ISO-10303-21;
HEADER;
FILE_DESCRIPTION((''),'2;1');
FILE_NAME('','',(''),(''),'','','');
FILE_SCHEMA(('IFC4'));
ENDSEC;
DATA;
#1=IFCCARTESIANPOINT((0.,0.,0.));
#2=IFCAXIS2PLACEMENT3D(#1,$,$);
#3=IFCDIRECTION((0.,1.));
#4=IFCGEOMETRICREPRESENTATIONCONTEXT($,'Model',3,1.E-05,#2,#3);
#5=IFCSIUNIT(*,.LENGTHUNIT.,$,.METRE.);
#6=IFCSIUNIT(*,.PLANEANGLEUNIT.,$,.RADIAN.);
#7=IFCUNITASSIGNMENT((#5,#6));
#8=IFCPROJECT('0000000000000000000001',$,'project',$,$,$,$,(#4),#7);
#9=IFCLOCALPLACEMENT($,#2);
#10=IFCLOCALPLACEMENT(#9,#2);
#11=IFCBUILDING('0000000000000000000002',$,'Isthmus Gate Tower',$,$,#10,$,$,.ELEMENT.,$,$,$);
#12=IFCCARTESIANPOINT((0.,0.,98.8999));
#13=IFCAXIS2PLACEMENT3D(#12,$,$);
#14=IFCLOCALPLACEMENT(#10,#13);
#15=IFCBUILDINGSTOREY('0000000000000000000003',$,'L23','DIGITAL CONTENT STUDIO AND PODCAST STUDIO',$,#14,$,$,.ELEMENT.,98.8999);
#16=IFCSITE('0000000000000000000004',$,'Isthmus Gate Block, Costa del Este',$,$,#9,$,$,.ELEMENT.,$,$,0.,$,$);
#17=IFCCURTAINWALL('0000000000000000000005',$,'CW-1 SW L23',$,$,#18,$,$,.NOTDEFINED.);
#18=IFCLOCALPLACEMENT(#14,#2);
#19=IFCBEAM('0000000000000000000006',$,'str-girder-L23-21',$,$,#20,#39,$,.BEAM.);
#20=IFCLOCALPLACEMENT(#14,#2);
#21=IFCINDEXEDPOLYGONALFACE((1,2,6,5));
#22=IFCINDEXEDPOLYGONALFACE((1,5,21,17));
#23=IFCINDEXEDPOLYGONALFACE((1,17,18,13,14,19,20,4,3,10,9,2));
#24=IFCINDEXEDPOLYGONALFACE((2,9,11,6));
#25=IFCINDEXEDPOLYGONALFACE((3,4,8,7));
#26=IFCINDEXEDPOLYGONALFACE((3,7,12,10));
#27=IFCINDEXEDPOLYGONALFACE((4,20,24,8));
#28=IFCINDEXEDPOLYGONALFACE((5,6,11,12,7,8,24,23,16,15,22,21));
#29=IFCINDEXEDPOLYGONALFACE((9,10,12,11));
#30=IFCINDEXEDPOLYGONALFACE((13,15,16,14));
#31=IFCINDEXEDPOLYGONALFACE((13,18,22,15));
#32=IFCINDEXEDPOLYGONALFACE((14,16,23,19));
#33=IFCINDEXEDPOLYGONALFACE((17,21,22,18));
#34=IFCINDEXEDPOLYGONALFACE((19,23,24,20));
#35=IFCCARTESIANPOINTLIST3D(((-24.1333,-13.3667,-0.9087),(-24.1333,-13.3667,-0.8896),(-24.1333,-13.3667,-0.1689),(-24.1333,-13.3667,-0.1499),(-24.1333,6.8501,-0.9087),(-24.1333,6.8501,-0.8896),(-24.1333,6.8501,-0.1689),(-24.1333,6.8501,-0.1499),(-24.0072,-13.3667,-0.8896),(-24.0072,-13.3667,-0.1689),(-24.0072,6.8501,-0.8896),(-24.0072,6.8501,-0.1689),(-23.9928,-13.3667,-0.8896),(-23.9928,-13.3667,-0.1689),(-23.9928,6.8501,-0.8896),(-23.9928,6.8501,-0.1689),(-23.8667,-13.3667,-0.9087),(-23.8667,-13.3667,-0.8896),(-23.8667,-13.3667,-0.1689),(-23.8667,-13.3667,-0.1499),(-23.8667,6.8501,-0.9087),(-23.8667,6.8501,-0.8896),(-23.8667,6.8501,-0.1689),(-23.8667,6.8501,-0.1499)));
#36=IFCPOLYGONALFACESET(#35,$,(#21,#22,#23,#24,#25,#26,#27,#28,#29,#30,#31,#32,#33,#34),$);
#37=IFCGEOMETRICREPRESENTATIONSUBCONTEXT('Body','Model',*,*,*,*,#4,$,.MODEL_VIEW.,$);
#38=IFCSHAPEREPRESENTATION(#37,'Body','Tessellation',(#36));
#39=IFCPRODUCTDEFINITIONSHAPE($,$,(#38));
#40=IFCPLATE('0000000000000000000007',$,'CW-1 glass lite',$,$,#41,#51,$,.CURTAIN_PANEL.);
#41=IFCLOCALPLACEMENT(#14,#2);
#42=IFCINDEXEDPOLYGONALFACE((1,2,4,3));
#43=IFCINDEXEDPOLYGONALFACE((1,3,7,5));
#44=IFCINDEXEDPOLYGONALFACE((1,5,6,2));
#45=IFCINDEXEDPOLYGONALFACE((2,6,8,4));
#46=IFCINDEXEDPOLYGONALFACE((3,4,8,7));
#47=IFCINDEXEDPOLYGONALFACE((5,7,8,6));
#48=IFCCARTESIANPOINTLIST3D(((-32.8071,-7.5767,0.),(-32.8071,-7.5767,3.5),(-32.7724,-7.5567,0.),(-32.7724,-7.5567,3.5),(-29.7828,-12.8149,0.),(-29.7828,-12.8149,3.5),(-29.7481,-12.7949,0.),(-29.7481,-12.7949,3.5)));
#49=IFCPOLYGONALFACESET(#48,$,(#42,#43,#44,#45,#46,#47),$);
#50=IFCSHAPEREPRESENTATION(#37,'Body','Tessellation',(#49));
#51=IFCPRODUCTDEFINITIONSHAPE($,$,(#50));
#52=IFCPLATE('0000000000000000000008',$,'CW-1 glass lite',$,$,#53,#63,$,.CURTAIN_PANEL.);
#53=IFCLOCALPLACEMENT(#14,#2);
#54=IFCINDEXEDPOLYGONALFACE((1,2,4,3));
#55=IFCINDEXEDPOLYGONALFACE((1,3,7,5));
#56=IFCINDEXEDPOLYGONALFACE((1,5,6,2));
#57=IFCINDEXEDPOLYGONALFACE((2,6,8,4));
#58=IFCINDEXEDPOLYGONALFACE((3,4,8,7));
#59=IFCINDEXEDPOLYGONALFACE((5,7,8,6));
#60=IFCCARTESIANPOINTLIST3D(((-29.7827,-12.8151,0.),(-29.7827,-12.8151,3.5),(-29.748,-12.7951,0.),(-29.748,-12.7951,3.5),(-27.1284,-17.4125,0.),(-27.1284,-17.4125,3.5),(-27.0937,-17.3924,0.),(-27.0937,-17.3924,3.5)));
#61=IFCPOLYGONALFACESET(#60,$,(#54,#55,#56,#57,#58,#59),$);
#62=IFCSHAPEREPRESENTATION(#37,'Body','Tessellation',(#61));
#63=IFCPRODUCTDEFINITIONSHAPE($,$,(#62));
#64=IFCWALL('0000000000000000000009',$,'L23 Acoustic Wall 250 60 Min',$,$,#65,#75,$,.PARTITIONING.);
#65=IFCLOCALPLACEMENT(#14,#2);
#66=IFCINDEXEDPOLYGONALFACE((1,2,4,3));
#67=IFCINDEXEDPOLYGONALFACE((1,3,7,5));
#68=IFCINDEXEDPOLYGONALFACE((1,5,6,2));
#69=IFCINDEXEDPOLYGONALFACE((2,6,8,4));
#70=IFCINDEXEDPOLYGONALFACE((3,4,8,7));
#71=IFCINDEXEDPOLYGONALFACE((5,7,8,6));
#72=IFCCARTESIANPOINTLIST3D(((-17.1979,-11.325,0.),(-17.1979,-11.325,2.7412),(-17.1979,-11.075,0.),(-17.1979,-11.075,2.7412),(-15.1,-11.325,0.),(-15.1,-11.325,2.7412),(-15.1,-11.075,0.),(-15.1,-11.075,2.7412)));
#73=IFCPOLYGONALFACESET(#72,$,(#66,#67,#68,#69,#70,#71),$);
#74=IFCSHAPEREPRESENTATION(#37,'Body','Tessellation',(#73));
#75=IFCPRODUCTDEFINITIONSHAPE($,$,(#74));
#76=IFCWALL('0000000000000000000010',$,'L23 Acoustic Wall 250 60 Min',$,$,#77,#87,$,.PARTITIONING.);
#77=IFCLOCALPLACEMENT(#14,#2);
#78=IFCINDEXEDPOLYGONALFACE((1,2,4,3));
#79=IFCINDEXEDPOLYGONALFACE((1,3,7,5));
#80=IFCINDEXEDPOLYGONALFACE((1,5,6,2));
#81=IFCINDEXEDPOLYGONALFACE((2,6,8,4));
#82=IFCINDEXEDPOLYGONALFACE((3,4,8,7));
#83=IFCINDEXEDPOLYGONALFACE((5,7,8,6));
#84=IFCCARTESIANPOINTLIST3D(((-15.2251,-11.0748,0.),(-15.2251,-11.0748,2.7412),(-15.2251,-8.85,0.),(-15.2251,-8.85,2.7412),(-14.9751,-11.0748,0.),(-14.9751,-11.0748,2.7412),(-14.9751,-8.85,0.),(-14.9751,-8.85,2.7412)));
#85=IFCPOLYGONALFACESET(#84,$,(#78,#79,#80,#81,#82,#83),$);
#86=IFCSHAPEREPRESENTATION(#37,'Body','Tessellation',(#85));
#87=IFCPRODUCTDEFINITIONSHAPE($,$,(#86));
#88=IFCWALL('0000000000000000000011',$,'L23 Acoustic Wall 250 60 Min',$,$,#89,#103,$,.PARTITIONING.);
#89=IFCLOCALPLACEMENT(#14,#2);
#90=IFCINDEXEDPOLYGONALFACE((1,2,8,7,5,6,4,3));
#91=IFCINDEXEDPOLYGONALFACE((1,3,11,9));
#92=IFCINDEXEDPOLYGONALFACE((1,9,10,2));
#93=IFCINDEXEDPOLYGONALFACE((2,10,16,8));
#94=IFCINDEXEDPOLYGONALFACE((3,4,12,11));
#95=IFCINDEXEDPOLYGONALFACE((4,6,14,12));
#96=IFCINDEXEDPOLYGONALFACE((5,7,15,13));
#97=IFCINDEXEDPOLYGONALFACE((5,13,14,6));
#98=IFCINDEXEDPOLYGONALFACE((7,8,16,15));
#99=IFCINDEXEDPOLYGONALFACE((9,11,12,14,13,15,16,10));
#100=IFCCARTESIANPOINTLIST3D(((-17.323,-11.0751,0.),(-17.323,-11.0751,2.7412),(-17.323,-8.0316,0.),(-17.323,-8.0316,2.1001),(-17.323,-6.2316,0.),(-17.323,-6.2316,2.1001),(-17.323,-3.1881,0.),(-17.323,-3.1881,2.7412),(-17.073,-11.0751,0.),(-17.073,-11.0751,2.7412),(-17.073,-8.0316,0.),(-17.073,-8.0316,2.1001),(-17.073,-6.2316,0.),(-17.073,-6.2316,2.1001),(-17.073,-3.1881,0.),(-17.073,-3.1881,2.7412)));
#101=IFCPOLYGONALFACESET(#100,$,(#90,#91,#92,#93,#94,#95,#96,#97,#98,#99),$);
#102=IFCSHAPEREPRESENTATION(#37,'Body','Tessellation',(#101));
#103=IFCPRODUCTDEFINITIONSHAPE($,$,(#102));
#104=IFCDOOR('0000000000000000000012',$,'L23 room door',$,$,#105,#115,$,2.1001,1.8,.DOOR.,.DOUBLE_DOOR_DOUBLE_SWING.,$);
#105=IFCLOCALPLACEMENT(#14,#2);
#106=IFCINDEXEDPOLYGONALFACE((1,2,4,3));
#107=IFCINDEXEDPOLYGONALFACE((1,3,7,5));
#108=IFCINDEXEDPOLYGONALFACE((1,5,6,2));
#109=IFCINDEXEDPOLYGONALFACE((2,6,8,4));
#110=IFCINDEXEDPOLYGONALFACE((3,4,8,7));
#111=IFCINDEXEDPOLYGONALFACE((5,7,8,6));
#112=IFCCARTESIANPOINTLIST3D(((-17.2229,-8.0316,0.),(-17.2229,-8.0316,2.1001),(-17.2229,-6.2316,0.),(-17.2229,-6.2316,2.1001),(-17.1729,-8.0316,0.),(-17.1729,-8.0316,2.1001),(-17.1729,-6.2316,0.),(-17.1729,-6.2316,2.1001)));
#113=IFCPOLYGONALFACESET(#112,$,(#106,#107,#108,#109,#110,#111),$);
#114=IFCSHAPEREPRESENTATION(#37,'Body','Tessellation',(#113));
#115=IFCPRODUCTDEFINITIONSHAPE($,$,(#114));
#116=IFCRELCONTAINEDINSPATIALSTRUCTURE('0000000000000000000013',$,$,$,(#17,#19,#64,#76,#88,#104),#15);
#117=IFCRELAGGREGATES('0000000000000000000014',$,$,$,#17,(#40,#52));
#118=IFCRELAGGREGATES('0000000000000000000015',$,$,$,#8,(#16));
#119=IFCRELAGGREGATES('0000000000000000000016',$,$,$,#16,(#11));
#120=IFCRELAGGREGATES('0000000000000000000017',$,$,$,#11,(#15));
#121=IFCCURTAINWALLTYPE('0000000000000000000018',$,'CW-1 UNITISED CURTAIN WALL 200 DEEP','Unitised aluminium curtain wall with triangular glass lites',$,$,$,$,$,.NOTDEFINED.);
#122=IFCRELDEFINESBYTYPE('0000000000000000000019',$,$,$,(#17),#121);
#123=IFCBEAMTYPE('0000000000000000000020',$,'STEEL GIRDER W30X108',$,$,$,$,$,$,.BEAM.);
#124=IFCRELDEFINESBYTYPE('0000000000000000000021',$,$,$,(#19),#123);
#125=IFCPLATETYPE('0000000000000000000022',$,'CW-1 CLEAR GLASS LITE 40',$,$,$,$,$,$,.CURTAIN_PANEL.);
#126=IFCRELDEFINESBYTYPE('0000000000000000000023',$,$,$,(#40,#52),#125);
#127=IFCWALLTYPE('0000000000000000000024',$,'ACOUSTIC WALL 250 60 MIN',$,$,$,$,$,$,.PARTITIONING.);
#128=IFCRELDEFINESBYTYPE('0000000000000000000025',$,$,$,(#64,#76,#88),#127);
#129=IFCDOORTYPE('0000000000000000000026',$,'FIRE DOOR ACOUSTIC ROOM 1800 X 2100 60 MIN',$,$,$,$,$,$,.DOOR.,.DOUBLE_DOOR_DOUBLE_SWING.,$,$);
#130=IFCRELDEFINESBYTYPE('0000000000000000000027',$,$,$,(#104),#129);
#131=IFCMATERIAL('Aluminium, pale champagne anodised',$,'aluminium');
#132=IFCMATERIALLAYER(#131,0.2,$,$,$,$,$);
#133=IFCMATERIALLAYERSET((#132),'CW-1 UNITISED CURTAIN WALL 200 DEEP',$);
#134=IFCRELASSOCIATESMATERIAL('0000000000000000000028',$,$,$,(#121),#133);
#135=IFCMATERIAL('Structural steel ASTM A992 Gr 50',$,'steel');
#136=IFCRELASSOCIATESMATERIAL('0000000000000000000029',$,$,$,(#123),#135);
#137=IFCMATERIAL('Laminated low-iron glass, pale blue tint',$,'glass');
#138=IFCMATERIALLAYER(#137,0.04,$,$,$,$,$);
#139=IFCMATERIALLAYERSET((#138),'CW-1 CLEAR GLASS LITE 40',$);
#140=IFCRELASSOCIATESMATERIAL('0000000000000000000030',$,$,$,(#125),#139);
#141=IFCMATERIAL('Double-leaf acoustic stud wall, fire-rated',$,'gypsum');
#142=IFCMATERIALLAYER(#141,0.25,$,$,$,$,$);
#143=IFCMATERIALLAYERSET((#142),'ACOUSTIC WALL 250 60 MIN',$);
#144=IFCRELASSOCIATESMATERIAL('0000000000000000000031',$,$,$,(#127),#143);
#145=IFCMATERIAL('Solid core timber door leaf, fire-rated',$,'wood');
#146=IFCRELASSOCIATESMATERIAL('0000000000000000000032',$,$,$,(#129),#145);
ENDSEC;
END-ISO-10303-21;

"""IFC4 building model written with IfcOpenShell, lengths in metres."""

from ifc_helpers import new_model, si_unit, direction, frame, frame_2d, origin, origin_2d, place, context, subcontext, project, spatial, rectangle, i_section, extrude, material, layer, layer_set, material_profile, profile_set, type_object, element, fill, aggregate, save


model = new_model("IFC4")

# Units and contexts
model_context = context("Model", 3, precision=1e-05, world=origin(), true_north=direction((0.0, 1.0)))
body_context = subcontext(model_context, "Body", "Model", "MODEL_VIEW")
ifc_project = project(units=[si_unit("LENGTHUNIT", "METRE"), si_unit("PLANEANGLEUNIT", "RADIAN")], contexts=[model_context])

# Site, building, storey
site_placement = place(None, origin())
site = spatial("IfcSite", under=ifc_project, at=site_placement, Name="Isthmus Gate Block, Costa del Este", CompositionType="ELEMENT", RefElevation=0.0)
building_placement = place(site_placement, origin())
building = spatial("IfcBuilding", under=site, at=building_placement, Name="Isthmus Gate Tower", CompositionType="ELEMENT")
storey_placement = place(building_placement, frame((0.0, 0.0, 98.8999)))
storey = spatial("IfcBuildingStorey", under=building, at=storey_placement, Name="L23", Description="DIGITAL CONTENT STUDIO AND PODCAST STUDIO", CompositionType="ELEMENT", Elevation=98.8999)

# Curtain wall
ifc_material_1 = material(Name="Aluminium, pale champagne anodised", Category="aluminium")
ifc_layer_1 = layer(ifc_material_1, 0.2)
ifc_layer_set_1 = layer_set([ifc_layer_1], Name="CW-1 UNITISED CURTAIN WALL 200 DEEP")
curtain_wall_type = type_object("IfcCurtainWallType", Name="CW-1 UNITISED CURTAIN WALL 200 DEEP", Description="Unitised aluminium curtain wall with triangular glass lites", PredefinedType="NOTDEFINED", material=ifc_layer_set_1)
curtain_wall_placement = place(storey_placement, origin())
curtain_wall = element("IfcCurtainWall", 1, at=curtain_wall_placement, inside=storey, type_object=curtain_wall_type, Name="CW-1 SW L23", PredefinedType="NOTDEFINED")

# Beam
ifc_material_2 = material(Name="Structural steel ASTM A992 Gr 50", Category="steel")
ifc_material_profile_1 = material_profile(ifc_material_2, i_section(OverallWidth=0.2666, OverallDepth=0.7588, WebThickness=0.0144, FlangeThickness=0.019, at=origin_2d()), Name="W30X108")
ifc_profile_set_1 = profile_set([ifc_material_profile_1], Name="Structural steel ASTM A992 Gr 50")
beam_type_1 = type_object("IfcBeamType", Name="STEEL GIRDER W30X108", PredefinedType="BEAM", material=ifc_profile_set_1)
beam_1_placement = place(storey_placement, frame((-24.0, -13.3667, -0.5293), z_axis=(0.0, 1.0, 0.0), x_axis=(-1.0, 0.0, 0.0)))
element("IfcBeam", 2, at=beam_1_placement, inside=storey, type_object=beam_type_1, Name="str-girder-L23-21", PredefinedType="BEAM", context=body_context, shape_type="SweptSolid", body=[
    extrude(i_section(OverallWidth=0.2666, OverallDepth=0.7588, WebThickness=0.0144, FlangeThickness=0.019, at=origin_2d()), origin(), (0.0, 0.0, 1.0), 20.2168),
])

# Plates
ifc_material_3 = material(Name="Laminated low-iron glass, pale blue tint", Category="glass")
ifc_layer_2 = layer(ifc_material_3, 0.04)
ifc_layer_set_2 = layer_set([ifc_layer_2], Name="CW-1 CLEAR GLASS LITE 40")
plate_type = type_object("IfcPlateType", Name="CW-1 CLEAR GLASS LITE 40", PredefinedType="CURTAIN_PANEL", material=ifc_layer_set_2)
plate_1_placement = place(storey_placement, frame((-31.2776, -10.1858, 0.0), z_axis=(0.0, 0.0, 1.0), x_axis=(0.5, -0.866025, 0.0)))
plate_1 = element("IfcPlate", 3, at=plate_1_placement, type_object=plate_type, Name="CW-1 glass lite", PredefinedType="CURTAIN_PANEL", context=body_context, shape_type="SweptSolid", body=[
    extrude(rectangle(XDim=6.0486, YDim=0.04, at=origin_2d()), origin(), (0.0, 0.0, 1.0), 3.5),
])
plate_2_placement = place(storey_placement, frame((-28.4382, -15.1038, 0.0), z_axis=(0.0, 0.0, 1.0), x_axis=(0.5, -0.866025, 0.0)))
plate_2 = element("IfcPlate", 4, at=plate_2_placement, type_object=plate_type, Name="CW-1 glass lite", PredefinedType="CURTAIN_PANEL", context=body_context, shape_type="SweptSolid", body=[
    extrude(rectangle(XDim=5.3086, YDim=0.04, at=origin_2d()), origin(), (0.0, 0.0, 1.0), 3.5),
])
aggregate(curtain_wall, [plate_1, plate_2])

# Walls
ifc_material_4 = material(Name="Double-leaf acoustic stud wall, fire-rated", Category="gypsum")
ifc_layer_3 = layer(ifc_material_4, 0.25)
ifc_layer_set_3 = layer_set([ifc_layer_3], Name="ACOUSTIC WALL 250 60 MIN")
wall_type = type_object("IfcWallType", Name="ACOUSTIC WALL 250 60 MIN", PredefinedType="PARTITIONING", material=ifc_layer_set_3)
wall_1_placement = place(storey_placement, frame((-15.1001, -11.2, 0.0), z_axis=(0.0, 0.0, 1.0), x_axis=(-1.0, 0.0, 0.0)))
element("IfcWall", 5, at=wall_1_placement, inside=storey, type_object=wall_type, Name="L23 Acoustic Wall 250 60 Min", PredefinedType="PARTITIONING", context=body_context, shape_type="SweptSolid", body=[
    extrude(rectangle(XDim=2.0979, YDim=0.25, at=frame_2d((1.0488, 0.0))), origin(), (0.0, 0.0, 1.0), 2.7412),
])
wall_2_placement = place(storey_placement, frame((-15.1001, -8.8501, 0.0), z_axis=(0.0, 0.0, 1.0), x_axis=(0.0, -1.0, 0.0)))
element("IfcWall", 6, at=wall_2_placement, inside=storey, type_object=wall_type, Name="L23 Acoustic Wall 250 60 Min", PredefinedType="PARTITIONING", context=body_context, shape_type="SweptSolid", body=[
    extrude(rectangle(XDim=2.2249, YDim=0.25, at=frame_2d((1.1123, 0.0))), origin(), (0.0, 0.0, 1.0), 2.7412),
])

# Wall, opening, door
wall_3_placement = place(storey_placement, frame((-17.198, -11.075, 0.0), z_axis=(0.0, 0.0, 1.0), x_axis=(0.0, 1.0, 0.0)))
wall_3 = element("IfcWall", 7, at=wall_3_placement, inside=storey, type_object=wall_type, Name="L23 Acoustic Wall 250 60 Min", PredefinedType="PARTITIONING", context=body_context, shape_type="SweptSolid", body=[
    extrude(rectangle(XDim=7.887, YDim=0.25, at=frame_2d((3.9434, 0.0))), origin(), (0.0, 0.0, 1.0), 2.7412),
])
opening_placement = place(wall_3_placement, frame((3.0435, 0.0, 0.0)))
opening = element("IfcOpeningElement", 8, at=opening_placement, cuts=wall_3, PredefinedType="OPENING", context=body_context, shape_type="SweptSolid", body=[
    extrude(rectangle(XDim=1.8, YDim=2.1001, at=frame_2d((0.8999, 1.05))), frame((0.0, 0.135, 0.0), z_axis=(0.0, -1.0, 0.0), x_axis=(1.0, 0.0, 0.0)), (0.0, 0.0, 1.0), 0.27),
])
ifc_material_5 = material(Name="Solid core timber door leaf, fire-rated", Category="wood")
door_type = type_object("IfcDoorType", Name="FIRE DOOR ACOUSTIC ROOM 1800 X 2100 60 MIN", OperationType="DOUBLE_DOOR_DOUBLE_SWING", PredefinedType="DOOR", material=ifc_material_5)
door_placement = place(opening_placement, origin())
door = element("IfcDoor", 9, at=door_placement, inside=storey, type_object=door_type, Name="L23 room door", OperationType="DOUBLE_DOOR_DOUBLE_SWING", OverallHeight=2.1001, OverallWidth=1.8, PredefinedType="DOOR", context=body_context, shape_type="SweptSolid", body=[
    extrude(rectangle(XDim=1.8, YDim=2.1001, at=frame_2d((0.8999, 1.05))), frame((0.0, 0.0249, 0.0), z_axis=(0.0, -1.0, 0.0), x_axis=(1.0, 0.0, 0.0)), (0.0, 0.0, 1.0), 0.05),
])
fill(opening, door)

save(model, "model.ifc")
